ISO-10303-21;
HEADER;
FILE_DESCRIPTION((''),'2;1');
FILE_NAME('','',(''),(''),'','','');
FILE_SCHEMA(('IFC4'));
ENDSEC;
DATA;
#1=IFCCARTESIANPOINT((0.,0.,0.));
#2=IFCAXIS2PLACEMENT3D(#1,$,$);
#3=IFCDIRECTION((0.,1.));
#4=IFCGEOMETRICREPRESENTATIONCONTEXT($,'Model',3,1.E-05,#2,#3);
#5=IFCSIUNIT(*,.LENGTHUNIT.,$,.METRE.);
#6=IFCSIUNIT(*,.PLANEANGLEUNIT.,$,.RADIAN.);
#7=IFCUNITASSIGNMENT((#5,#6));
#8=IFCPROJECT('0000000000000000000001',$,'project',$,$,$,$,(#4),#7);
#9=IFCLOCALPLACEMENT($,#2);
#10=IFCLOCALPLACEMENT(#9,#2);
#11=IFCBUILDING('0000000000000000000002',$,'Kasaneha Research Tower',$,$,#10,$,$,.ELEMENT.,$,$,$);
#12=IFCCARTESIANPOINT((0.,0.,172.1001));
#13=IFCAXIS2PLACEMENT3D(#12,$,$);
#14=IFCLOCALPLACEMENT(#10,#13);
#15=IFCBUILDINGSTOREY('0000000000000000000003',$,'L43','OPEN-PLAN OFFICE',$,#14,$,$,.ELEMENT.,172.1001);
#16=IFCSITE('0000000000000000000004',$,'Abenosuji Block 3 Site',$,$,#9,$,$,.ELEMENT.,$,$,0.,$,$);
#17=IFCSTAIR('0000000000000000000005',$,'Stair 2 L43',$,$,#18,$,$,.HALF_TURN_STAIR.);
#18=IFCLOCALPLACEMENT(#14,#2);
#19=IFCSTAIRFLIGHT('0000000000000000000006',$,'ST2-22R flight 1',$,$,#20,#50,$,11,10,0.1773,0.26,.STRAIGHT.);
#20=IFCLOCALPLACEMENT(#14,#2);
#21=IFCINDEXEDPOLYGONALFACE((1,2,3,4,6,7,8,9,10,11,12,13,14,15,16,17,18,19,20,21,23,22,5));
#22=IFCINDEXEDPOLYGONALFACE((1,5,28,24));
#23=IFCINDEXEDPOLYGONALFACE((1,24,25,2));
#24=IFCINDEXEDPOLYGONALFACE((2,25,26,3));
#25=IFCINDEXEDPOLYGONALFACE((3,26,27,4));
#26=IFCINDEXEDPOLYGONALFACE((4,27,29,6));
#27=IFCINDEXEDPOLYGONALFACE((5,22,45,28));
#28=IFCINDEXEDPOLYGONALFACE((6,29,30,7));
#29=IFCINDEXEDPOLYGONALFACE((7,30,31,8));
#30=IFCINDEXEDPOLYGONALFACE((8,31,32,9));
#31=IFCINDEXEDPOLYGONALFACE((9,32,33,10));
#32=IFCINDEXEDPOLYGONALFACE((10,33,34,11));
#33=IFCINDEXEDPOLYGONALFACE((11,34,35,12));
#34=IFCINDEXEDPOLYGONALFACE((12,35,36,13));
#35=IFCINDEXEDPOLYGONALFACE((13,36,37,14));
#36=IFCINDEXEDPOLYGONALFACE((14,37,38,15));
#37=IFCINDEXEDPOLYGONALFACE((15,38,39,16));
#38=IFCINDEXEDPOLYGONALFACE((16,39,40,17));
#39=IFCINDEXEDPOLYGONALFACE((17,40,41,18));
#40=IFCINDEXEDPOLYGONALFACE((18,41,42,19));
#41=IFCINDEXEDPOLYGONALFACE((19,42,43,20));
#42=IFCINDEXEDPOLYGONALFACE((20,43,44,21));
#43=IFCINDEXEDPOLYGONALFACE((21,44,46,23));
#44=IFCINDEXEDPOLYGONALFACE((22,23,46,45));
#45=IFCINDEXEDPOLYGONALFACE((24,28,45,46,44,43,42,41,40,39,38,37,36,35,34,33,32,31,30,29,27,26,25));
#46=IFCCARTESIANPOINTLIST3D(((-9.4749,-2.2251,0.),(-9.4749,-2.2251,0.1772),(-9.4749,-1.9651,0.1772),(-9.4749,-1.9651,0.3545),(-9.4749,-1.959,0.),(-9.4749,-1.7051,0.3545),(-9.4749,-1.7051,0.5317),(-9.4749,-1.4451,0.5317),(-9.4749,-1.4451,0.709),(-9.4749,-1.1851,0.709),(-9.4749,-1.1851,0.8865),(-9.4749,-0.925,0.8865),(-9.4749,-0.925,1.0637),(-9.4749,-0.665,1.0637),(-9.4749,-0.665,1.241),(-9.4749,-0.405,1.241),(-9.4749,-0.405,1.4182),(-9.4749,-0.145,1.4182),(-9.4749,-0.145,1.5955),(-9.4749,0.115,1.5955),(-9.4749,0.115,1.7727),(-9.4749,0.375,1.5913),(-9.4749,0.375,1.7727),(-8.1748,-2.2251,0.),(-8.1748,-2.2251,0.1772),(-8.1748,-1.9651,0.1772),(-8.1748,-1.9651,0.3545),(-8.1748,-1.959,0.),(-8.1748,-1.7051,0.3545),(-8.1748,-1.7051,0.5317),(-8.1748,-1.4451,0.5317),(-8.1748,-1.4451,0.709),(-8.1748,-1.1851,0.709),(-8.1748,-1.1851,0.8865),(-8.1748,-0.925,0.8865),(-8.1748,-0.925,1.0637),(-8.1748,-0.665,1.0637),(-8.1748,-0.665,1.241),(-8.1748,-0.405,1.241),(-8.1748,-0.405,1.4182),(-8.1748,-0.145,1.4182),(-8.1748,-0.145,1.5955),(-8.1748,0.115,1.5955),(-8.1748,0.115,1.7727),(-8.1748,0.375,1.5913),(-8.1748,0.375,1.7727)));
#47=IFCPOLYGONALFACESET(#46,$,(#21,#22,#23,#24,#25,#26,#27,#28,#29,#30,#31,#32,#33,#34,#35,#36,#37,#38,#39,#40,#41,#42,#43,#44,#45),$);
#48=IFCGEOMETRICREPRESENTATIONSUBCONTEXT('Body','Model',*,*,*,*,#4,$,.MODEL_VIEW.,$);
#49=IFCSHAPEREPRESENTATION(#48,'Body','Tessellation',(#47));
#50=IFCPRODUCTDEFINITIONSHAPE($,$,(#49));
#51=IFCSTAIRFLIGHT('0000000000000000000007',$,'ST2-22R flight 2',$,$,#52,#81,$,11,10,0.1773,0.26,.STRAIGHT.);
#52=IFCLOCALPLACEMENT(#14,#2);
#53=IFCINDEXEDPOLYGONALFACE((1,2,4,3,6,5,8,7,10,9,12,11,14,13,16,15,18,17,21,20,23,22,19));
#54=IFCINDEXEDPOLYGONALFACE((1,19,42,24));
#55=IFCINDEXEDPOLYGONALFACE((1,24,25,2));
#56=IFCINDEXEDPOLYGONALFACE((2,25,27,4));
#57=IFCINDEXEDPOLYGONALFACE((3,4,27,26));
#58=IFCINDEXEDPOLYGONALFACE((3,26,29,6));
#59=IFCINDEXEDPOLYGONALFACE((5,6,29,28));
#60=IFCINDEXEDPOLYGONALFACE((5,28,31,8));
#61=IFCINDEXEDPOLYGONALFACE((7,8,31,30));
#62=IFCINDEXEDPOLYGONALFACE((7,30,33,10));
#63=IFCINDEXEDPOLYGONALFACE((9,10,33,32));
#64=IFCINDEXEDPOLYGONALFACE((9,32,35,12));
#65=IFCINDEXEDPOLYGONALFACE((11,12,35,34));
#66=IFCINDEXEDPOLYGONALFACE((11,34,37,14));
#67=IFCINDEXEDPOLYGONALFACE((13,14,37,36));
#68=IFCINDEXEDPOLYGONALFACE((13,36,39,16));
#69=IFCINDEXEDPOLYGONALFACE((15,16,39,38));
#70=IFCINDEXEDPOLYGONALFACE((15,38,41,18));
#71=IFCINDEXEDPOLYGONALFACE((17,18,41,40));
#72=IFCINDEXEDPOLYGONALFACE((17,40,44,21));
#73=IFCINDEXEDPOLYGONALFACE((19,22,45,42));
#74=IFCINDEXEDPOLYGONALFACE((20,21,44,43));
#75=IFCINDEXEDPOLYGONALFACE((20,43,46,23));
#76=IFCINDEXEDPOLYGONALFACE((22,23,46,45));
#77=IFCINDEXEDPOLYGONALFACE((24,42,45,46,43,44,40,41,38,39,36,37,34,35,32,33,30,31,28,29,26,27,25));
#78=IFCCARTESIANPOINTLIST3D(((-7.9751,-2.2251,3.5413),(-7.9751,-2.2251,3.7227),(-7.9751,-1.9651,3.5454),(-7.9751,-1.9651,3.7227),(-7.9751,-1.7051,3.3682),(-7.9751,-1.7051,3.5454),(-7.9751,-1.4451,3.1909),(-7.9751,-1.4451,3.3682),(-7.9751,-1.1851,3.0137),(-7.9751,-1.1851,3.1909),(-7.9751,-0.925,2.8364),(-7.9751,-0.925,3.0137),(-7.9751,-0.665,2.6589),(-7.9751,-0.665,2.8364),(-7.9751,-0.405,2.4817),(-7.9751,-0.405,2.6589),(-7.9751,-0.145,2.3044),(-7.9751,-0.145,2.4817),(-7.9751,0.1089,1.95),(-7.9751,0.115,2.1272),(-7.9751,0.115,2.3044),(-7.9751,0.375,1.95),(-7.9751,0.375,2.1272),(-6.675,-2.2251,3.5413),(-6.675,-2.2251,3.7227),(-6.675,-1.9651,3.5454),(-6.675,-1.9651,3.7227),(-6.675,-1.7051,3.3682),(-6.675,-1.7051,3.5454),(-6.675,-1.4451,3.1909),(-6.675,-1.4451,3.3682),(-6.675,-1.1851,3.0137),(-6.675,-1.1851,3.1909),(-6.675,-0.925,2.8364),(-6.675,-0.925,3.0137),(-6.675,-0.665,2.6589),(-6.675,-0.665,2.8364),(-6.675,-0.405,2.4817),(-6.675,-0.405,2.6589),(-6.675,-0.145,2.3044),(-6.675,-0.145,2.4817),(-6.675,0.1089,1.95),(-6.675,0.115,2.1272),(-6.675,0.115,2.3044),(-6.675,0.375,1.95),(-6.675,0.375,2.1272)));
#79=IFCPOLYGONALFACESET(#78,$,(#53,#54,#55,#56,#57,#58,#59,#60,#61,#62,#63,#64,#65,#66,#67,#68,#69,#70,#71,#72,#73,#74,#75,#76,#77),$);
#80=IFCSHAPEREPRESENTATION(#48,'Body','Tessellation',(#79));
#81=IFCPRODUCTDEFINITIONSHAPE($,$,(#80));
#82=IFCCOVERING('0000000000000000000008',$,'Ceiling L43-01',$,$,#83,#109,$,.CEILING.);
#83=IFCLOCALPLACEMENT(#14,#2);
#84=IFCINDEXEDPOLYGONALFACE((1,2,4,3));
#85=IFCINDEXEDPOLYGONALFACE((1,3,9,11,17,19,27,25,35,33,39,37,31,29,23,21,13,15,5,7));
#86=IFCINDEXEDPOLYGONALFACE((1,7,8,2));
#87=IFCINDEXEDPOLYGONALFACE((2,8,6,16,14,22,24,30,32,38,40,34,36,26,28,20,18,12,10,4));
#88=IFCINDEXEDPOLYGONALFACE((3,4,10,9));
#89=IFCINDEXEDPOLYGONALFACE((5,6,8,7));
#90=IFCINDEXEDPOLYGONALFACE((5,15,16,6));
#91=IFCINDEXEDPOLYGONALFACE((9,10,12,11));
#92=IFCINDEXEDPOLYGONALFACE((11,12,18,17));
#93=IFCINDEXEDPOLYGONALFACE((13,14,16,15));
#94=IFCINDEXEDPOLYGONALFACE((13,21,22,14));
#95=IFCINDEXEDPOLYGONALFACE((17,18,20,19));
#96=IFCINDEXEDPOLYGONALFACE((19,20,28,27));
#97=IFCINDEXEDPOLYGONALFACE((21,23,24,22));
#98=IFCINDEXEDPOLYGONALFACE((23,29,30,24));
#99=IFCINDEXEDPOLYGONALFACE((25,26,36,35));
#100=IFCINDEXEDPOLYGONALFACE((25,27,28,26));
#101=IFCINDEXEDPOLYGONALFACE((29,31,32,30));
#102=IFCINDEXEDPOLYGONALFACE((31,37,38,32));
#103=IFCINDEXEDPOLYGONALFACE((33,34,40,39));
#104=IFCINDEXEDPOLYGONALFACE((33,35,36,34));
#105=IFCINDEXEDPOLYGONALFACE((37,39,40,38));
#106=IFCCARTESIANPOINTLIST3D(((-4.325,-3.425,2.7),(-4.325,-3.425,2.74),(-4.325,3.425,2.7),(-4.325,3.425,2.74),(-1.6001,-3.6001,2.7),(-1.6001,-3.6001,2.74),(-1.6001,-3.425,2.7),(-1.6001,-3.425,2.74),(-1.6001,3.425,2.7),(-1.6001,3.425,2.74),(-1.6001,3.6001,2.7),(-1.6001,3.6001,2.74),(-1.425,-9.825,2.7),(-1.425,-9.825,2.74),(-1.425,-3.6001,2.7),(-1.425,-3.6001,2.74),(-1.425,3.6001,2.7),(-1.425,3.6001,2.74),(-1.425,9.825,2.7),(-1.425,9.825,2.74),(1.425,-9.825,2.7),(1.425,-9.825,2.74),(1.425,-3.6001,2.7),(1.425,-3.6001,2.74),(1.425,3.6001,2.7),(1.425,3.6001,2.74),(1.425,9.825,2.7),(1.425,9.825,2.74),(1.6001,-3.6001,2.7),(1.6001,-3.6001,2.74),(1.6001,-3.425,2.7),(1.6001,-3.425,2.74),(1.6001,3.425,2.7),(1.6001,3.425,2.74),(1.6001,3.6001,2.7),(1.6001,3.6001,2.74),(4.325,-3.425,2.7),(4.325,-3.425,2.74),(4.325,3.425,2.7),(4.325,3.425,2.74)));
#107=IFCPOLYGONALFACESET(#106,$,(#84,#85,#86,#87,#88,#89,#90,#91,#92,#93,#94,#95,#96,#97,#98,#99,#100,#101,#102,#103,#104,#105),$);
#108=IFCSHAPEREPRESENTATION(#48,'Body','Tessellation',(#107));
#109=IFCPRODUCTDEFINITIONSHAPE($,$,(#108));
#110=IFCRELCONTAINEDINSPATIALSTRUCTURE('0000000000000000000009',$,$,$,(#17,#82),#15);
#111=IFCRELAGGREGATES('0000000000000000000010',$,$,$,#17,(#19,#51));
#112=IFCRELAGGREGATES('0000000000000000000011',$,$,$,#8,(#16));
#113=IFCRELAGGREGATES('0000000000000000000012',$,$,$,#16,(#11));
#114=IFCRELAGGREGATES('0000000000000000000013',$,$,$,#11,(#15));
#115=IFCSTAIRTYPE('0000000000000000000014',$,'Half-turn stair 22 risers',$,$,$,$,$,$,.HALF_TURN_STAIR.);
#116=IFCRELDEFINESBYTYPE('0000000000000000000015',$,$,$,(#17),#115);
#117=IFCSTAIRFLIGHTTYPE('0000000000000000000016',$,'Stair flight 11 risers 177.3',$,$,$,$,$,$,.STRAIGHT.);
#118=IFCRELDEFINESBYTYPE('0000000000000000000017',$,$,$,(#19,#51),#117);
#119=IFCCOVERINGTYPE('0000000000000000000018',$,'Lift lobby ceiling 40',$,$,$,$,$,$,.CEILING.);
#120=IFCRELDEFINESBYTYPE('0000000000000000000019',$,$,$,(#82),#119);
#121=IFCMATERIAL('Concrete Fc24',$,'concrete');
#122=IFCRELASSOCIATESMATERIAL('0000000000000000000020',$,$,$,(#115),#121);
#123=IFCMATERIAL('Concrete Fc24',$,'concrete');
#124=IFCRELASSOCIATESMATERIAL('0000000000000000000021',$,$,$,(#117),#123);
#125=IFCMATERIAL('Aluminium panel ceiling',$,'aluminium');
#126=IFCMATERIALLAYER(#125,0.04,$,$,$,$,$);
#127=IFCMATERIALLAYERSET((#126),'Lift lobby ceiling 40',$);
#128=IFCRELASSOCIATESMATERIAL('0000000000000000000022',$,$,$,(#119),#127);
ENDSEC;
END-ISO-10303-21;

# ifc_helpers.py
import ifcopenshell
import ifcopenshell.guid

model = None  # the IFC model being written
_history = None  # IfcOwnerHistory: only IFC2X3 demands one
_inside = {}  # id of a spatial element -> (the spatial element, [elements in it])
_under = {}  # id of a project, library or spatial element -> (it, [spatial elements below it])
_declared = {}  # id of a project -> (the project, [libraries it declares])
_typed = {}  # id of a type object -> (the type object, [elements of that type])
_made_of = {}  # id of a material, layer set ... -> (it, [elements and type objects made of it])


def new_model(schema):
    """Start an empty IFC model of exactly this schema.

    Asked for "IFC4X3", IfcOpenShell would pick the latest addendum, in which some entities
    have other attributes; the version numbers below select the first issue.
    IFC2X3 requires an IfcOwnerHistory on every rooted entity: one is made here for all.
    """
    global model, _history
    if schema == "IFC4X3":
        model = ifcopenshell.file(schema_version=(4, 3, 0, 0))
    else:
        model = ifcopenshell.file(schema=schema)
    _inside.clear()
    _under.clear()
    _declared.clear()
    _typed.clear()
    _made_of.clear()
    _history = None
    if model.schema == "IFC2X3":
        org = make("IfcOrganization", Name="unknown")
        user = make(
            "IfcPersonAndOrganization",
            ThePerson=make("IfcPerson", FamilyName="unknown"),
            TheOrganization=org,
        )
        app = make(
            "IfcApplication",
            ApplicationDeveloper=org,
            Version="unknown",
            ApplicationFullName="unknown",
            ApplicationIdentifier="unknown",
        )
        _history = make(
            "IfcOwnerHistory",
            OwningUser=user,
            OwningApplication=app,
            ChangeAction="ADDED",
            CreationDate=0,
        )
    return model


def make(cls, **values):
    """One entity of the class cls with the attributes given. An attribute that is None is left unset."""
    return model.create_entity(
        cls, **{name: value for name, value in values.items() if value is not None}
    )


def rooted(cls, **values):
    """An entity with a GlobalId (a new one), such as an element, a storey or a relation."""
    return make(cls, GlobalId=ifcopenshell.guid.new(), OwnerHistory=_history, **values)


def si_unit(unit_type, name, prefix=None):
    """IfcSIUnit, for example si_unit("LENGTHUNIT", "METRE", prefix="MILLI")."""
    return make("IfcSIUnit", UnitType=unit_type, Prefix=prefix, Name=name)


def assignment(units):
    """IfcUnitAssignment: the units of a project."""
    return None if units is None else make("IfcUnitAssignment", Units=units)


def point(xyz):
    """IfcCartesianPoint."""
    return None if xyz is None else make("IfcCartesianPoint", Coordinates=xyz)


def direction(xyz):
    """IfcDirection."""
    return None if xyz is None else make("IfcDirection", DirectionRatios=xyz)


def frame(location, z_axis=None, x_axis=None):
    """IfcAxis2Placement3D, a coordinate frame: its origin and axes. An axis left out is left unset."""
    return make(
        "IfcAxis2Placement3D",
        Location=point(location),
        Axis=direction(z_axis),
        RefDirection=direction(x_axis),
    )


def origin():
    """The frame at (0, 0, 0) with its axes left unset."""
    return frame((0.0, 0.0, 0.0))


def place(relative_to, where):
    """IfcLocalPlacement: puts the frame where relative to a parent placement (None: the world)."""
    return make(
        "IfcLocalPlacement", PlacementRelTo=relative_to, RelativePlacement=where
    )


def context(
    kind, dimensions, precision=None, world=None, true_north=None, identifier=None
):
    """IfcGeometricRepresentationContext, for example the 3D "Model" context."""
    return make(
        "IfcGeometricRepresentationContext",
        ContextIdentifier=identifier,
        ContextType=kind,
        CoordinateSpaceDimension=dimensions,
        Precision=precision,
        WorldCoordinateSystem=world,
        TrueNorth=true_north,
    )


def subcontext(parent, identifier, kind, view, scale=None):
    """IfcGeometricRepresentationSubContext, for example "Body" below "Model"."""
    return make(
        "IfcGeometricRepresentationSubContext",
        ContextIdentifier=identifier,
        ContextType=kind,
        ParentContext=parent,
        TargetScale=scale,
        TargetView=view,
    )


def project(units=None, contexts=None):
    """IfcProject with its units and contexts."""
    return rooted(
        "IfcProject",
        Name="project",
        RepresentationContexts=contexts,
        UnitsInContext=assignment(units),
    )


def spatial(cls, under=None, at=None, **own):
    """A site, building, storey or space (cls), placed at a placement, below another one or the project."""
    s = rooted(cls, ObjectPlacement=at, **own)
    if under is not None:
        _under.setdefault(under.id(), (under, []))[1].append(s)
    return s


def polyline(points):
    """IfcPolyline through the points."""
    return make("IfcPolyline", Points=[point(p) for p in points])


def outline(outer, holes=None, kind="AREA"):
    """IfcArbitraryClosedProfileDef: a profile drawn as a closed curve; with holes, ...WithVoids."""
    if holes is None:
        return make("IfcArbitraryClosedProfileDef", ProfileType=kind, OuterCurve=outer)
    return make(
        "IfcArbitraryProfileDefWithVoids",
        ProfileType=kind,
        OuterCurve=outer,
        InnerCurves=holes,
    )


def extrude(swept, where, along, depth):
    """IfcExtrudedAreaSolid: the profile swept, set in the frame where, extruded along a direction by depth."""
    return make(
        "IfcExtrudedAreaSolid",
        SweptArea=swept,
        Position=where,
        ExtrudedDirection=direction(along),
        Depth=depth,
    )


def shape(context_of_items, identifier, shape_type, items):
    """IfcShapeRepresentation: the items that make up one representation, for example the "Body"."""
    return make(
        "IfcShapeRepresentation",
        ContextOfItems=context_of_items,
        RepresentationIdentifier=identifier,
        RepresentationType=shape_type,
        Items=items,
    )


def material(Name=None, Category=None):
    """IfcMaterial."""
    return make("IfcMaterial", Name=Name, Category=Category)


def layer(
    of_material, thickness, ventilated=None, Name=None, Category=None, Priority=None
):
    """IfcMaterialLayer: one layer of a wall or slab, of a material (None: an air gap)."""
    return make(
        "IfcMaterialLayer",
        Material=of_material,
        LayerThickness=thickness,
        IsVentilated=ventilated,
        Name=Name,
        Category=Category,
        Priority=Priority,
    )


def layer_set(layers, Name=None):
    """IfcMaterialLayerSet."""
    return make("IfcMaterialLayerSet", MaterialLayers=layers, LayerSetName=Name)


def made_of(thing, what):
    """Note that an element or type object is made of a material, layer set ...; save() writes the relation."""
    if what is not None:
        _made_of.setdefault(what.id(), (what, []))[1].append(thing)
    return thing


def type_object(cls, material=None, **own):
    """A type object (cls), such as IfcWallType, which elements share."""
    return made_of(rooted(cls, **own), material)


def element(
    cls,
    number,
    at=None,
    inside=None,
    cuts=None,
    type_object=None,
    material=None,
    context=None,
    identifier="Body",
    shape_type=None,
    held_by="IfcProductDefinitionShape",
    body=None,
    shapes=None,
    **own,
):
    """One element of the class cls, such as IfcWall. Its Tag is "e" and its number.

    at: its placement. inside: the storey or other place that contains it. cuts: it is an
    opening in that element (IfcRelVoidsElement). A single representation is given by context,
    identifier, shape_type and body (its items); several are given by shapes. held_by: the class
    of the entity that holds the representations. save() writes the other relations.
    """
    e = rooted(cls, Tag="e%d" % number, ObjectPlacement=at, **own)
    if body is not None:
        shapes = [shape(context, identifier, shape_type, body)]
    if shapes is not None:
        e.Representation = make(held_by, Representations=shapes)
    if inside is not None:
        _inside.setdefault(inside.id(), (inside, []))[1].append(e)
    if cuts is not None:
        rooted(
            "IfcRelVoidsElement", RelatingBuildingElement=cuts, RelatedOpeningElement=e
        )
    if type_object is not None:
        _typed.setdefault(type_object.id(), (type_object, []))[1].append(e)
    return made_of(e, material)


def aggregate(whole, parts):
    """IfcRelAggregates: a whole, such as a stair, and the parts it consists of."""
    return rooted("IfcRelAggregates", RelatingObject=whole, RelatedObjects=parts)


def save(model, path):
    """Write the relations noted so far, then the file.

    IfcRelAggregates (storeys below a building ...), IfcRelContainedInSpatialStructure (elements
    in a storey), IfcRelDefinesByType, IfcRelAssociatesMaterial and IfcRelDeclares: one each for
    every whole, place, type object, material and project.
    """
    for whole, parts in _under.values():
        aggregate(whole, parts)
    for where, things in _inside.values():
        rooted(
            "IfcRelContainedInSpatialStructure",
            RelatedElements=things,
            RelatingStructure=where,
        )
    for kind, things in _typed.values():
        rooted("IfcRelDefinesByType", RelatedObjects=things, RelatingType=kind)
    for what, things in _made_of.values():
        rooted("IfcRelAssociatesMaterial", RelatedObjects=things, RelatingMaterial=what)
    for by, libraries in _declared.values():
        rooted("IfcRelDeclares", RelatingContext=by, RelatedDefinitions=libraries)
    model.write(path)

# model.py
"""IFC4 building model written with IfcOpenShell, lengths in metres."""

from ifc_helpers import new_model, si_unit, direction, frame, origin, place, context, subcontext, project, spatial, polyline, outline, extrude, material, layer, layer_set, type_object, element, aggregate, save


model = new_model("IFC4")

# Units and contexts
model_context = context("Model", 3, precision=1e-05, world=origin(), true_north=direction((0.0, 1.0)))
body_context = subcontext(model_context, "Body", "Model", "MODEL_VIEW")
ifc_project = project(units=[si_unit("LENGTHUNIT", "METRE"), si_unit("PLANEANGLEUNIT", "RADIAN")], contexts=[model_context])

# Site, building, storey
site_placement = place(None, origin())
site = spatial("IfcSite", under=ifc_project, at=site_placement, Name="Abenosuji Block 3 Site", CompositionType="ELEMENT", RefElevation=0.0)
building_placement = place(site_placement, origin())
building = spatial("IfcBuilding", under=site, at=building_placement, Name="Kasaneha Research Tower", CompositionType="ELEMENT")
storey_placement = place(building_placement, frame((0.0, 0.0, 172.1001)))
storey = spatial("IfcBuildingStorey", under=building, at=storey_placement, Name="L43", Description="OPEN-PLAN OFFICE", CompositionType="ELEMENT", Elevation=172.1001)

# Stair, stair flights
ifc_material_1 = material(Name="Concrete Fc24", Category="concrete")
stair_type = type_object("IfcStairType", Name="Half-turn stair 22 risers", PredefinedType="HALF_TURN_STAIR", material=ifc_material_1)
stair_placement = place(storey_placement, origin())
stair = element("IfcStair", 1, at=stair_placement, inside=storey, type_object=stair_type, Name="Stair 2 L43", PredefinedType="HALF_TURN_STAIR")
ifc_material_2 = material(Name="Concrete Fc24", Category="concrete")
stair_flight_type = type_object("IfcStairFlightType", Name="Stair flight 11 risers 177.3", PredefinedType="STRAIGHT", material=ifc_material_2)
stair_flight_1_placement = place(storey_placement, frame((-8.825, -2.2251, 0.0), z_axis=(0.0, 0.0, 1.0), x_axis=(0.0, 1.0, 0.0)))
stair_flight_1 = element("IfcStairFlight", 2, at=stair_flight_1_placement, type_object=stair_flight_type, Name="ST2-22R flight 1", NumberOfRisers=11, NumberOfTreads=10, PredefinedType="STRAIGHT", RiserHeight=0.1773, TreadLength=0.26, context=body_context, shape_type="SweptSolid", body=[
    extrude(outline(polyline([(0.0, 0.0), (0.0, 0.1772), (0.26, 0.1772), (0.26, 0.3545), (0.52, 0.3545), (0.52, 0.5317), (0.78, 0.5317), (0.78, 0.709), (1.04, 0.709), (1.04, 0.8865), (1.3, 0.8865), (1.3, 1.0637), (1.5601, 1.0637), (1.5601, 1.241), (1.8201, 1.241), (1.8201, 1.4182), (2.0801, 1.4182), (2.0801, 1.5955), (2.3401, 1.5955), (2.3401, 1.7727), (2.6001, 1.7727), (2.6001, 1.95), (2.6001, 1.5913), (0.2661, 0.0), (0.0, 0.0)])), frame((0.0, 0.6499, 0.0), z_axis=(0.0, -1.0, 0.0), x_axis=(1.0, 0.0, 0.0)), (0.0, 0.0, 1.0), 1.3),
])
stair_flight_2_placement = place(storey_placement, frame((-7.325, 0.375, 1.95), z_axis=(0.0, 0.0, 1.0), x_axis=(0.0, -1.0, 0.0)))
stair_flight_2 = element("IfcStairFlight", 3, at=stair_flight_2_placement, type_object=stair_flight_type, Name="ST2-22R flight 2", NumberOfRisers=11, NumberOfTreads=10, PredefinedType="STRAIGHT", RiserHeight=0.1773, TreadLength=0.26, context=body_context, shape_type="SweptSolid", body=[
    extrude(outline(polyline([(0.0, 0.0), (0.0, 0.1772), (0.26, 0.1772), (0.26, 0.3545), (0.52, 0.3545), (0.52, 0.5317), (0.78, 0.5317), (0.78, 0.709), (1.04, 0.709), (1.04, 0.8865), (1.3, 0.8865), (1.3, 1.0637), (1.5601, 1.0637), (1.5601, 1.241), (1.8201, 1.241), (1.8201, 1.4182), (2.0801, 1.4182), (2.0801, 1.5955), (2.3401, 1.5955), (2.3401, 1.7727), (2.6001, 1.7727), (2.6001, 1.95), (2.6001, 1.5913), (0.2661, 0.0), (0.0, 0.0)])), frame((0.0, 0.6499, 0.0), z_axis=(0.0, -1.0, 0.0), x_axis=(1.0, 0.0, 0.0)), (0.0, 0.0, 1.0), 1.3),
])
aggregate(stair, [stair_flight_1, stair_flight_2])

# Covering
ifc_material_3 = material(Name="Aluminium panel ceiling", Category="aluminium")
ifc_layer_1 = layer(ifc_material_3, 0.04)
ifc_layer_set_1 = layer_set([ifc_layer_1], Name="Lift lobby ceiling 40")
covering_type_1 = type_object("IfcCoveringType", Name="Lift lobby ceiling 40", PredefinedType="CEILING", material=ifc_layer_set_1)
covering_1_placement = place(storey_placement, frame((0.0, 0.0, 2.7)))
element("IfcCovering", 4, at=covering_1_placement, inside=storey, type_object=covering_type_1, Name="Ceiling L43-01", PredefinedType="CEILING", context=body_context, shape_type="SweptSolid", body=[
    extrude(outline(polyline([(1.425, 9.825), (1.425, 3.6001), (1.6001, 3.6001), (1.6001, 3.425), (4.325, 3.425), (4.325, -3.425), (1.6001, -3.425), (1.6001, -3.6001), (1.425, -3.6001), (1.425, -9.825), (-1.425, -9.825), (-1.425, -3.6001), (-1.6001, -3.6001), (-1.6001, -3.425), (-4.325, -3.425), (-4.325, 3.425), (-1.6001, 3.425), (-1.6001, 3.6001), (-1.425, 3.6001), (-1.425, 9.825), (1.425, 9.825)])), origin(), (0.0, 0.0, 1.0), 0.04),
])

save(model, "model.ifc")
